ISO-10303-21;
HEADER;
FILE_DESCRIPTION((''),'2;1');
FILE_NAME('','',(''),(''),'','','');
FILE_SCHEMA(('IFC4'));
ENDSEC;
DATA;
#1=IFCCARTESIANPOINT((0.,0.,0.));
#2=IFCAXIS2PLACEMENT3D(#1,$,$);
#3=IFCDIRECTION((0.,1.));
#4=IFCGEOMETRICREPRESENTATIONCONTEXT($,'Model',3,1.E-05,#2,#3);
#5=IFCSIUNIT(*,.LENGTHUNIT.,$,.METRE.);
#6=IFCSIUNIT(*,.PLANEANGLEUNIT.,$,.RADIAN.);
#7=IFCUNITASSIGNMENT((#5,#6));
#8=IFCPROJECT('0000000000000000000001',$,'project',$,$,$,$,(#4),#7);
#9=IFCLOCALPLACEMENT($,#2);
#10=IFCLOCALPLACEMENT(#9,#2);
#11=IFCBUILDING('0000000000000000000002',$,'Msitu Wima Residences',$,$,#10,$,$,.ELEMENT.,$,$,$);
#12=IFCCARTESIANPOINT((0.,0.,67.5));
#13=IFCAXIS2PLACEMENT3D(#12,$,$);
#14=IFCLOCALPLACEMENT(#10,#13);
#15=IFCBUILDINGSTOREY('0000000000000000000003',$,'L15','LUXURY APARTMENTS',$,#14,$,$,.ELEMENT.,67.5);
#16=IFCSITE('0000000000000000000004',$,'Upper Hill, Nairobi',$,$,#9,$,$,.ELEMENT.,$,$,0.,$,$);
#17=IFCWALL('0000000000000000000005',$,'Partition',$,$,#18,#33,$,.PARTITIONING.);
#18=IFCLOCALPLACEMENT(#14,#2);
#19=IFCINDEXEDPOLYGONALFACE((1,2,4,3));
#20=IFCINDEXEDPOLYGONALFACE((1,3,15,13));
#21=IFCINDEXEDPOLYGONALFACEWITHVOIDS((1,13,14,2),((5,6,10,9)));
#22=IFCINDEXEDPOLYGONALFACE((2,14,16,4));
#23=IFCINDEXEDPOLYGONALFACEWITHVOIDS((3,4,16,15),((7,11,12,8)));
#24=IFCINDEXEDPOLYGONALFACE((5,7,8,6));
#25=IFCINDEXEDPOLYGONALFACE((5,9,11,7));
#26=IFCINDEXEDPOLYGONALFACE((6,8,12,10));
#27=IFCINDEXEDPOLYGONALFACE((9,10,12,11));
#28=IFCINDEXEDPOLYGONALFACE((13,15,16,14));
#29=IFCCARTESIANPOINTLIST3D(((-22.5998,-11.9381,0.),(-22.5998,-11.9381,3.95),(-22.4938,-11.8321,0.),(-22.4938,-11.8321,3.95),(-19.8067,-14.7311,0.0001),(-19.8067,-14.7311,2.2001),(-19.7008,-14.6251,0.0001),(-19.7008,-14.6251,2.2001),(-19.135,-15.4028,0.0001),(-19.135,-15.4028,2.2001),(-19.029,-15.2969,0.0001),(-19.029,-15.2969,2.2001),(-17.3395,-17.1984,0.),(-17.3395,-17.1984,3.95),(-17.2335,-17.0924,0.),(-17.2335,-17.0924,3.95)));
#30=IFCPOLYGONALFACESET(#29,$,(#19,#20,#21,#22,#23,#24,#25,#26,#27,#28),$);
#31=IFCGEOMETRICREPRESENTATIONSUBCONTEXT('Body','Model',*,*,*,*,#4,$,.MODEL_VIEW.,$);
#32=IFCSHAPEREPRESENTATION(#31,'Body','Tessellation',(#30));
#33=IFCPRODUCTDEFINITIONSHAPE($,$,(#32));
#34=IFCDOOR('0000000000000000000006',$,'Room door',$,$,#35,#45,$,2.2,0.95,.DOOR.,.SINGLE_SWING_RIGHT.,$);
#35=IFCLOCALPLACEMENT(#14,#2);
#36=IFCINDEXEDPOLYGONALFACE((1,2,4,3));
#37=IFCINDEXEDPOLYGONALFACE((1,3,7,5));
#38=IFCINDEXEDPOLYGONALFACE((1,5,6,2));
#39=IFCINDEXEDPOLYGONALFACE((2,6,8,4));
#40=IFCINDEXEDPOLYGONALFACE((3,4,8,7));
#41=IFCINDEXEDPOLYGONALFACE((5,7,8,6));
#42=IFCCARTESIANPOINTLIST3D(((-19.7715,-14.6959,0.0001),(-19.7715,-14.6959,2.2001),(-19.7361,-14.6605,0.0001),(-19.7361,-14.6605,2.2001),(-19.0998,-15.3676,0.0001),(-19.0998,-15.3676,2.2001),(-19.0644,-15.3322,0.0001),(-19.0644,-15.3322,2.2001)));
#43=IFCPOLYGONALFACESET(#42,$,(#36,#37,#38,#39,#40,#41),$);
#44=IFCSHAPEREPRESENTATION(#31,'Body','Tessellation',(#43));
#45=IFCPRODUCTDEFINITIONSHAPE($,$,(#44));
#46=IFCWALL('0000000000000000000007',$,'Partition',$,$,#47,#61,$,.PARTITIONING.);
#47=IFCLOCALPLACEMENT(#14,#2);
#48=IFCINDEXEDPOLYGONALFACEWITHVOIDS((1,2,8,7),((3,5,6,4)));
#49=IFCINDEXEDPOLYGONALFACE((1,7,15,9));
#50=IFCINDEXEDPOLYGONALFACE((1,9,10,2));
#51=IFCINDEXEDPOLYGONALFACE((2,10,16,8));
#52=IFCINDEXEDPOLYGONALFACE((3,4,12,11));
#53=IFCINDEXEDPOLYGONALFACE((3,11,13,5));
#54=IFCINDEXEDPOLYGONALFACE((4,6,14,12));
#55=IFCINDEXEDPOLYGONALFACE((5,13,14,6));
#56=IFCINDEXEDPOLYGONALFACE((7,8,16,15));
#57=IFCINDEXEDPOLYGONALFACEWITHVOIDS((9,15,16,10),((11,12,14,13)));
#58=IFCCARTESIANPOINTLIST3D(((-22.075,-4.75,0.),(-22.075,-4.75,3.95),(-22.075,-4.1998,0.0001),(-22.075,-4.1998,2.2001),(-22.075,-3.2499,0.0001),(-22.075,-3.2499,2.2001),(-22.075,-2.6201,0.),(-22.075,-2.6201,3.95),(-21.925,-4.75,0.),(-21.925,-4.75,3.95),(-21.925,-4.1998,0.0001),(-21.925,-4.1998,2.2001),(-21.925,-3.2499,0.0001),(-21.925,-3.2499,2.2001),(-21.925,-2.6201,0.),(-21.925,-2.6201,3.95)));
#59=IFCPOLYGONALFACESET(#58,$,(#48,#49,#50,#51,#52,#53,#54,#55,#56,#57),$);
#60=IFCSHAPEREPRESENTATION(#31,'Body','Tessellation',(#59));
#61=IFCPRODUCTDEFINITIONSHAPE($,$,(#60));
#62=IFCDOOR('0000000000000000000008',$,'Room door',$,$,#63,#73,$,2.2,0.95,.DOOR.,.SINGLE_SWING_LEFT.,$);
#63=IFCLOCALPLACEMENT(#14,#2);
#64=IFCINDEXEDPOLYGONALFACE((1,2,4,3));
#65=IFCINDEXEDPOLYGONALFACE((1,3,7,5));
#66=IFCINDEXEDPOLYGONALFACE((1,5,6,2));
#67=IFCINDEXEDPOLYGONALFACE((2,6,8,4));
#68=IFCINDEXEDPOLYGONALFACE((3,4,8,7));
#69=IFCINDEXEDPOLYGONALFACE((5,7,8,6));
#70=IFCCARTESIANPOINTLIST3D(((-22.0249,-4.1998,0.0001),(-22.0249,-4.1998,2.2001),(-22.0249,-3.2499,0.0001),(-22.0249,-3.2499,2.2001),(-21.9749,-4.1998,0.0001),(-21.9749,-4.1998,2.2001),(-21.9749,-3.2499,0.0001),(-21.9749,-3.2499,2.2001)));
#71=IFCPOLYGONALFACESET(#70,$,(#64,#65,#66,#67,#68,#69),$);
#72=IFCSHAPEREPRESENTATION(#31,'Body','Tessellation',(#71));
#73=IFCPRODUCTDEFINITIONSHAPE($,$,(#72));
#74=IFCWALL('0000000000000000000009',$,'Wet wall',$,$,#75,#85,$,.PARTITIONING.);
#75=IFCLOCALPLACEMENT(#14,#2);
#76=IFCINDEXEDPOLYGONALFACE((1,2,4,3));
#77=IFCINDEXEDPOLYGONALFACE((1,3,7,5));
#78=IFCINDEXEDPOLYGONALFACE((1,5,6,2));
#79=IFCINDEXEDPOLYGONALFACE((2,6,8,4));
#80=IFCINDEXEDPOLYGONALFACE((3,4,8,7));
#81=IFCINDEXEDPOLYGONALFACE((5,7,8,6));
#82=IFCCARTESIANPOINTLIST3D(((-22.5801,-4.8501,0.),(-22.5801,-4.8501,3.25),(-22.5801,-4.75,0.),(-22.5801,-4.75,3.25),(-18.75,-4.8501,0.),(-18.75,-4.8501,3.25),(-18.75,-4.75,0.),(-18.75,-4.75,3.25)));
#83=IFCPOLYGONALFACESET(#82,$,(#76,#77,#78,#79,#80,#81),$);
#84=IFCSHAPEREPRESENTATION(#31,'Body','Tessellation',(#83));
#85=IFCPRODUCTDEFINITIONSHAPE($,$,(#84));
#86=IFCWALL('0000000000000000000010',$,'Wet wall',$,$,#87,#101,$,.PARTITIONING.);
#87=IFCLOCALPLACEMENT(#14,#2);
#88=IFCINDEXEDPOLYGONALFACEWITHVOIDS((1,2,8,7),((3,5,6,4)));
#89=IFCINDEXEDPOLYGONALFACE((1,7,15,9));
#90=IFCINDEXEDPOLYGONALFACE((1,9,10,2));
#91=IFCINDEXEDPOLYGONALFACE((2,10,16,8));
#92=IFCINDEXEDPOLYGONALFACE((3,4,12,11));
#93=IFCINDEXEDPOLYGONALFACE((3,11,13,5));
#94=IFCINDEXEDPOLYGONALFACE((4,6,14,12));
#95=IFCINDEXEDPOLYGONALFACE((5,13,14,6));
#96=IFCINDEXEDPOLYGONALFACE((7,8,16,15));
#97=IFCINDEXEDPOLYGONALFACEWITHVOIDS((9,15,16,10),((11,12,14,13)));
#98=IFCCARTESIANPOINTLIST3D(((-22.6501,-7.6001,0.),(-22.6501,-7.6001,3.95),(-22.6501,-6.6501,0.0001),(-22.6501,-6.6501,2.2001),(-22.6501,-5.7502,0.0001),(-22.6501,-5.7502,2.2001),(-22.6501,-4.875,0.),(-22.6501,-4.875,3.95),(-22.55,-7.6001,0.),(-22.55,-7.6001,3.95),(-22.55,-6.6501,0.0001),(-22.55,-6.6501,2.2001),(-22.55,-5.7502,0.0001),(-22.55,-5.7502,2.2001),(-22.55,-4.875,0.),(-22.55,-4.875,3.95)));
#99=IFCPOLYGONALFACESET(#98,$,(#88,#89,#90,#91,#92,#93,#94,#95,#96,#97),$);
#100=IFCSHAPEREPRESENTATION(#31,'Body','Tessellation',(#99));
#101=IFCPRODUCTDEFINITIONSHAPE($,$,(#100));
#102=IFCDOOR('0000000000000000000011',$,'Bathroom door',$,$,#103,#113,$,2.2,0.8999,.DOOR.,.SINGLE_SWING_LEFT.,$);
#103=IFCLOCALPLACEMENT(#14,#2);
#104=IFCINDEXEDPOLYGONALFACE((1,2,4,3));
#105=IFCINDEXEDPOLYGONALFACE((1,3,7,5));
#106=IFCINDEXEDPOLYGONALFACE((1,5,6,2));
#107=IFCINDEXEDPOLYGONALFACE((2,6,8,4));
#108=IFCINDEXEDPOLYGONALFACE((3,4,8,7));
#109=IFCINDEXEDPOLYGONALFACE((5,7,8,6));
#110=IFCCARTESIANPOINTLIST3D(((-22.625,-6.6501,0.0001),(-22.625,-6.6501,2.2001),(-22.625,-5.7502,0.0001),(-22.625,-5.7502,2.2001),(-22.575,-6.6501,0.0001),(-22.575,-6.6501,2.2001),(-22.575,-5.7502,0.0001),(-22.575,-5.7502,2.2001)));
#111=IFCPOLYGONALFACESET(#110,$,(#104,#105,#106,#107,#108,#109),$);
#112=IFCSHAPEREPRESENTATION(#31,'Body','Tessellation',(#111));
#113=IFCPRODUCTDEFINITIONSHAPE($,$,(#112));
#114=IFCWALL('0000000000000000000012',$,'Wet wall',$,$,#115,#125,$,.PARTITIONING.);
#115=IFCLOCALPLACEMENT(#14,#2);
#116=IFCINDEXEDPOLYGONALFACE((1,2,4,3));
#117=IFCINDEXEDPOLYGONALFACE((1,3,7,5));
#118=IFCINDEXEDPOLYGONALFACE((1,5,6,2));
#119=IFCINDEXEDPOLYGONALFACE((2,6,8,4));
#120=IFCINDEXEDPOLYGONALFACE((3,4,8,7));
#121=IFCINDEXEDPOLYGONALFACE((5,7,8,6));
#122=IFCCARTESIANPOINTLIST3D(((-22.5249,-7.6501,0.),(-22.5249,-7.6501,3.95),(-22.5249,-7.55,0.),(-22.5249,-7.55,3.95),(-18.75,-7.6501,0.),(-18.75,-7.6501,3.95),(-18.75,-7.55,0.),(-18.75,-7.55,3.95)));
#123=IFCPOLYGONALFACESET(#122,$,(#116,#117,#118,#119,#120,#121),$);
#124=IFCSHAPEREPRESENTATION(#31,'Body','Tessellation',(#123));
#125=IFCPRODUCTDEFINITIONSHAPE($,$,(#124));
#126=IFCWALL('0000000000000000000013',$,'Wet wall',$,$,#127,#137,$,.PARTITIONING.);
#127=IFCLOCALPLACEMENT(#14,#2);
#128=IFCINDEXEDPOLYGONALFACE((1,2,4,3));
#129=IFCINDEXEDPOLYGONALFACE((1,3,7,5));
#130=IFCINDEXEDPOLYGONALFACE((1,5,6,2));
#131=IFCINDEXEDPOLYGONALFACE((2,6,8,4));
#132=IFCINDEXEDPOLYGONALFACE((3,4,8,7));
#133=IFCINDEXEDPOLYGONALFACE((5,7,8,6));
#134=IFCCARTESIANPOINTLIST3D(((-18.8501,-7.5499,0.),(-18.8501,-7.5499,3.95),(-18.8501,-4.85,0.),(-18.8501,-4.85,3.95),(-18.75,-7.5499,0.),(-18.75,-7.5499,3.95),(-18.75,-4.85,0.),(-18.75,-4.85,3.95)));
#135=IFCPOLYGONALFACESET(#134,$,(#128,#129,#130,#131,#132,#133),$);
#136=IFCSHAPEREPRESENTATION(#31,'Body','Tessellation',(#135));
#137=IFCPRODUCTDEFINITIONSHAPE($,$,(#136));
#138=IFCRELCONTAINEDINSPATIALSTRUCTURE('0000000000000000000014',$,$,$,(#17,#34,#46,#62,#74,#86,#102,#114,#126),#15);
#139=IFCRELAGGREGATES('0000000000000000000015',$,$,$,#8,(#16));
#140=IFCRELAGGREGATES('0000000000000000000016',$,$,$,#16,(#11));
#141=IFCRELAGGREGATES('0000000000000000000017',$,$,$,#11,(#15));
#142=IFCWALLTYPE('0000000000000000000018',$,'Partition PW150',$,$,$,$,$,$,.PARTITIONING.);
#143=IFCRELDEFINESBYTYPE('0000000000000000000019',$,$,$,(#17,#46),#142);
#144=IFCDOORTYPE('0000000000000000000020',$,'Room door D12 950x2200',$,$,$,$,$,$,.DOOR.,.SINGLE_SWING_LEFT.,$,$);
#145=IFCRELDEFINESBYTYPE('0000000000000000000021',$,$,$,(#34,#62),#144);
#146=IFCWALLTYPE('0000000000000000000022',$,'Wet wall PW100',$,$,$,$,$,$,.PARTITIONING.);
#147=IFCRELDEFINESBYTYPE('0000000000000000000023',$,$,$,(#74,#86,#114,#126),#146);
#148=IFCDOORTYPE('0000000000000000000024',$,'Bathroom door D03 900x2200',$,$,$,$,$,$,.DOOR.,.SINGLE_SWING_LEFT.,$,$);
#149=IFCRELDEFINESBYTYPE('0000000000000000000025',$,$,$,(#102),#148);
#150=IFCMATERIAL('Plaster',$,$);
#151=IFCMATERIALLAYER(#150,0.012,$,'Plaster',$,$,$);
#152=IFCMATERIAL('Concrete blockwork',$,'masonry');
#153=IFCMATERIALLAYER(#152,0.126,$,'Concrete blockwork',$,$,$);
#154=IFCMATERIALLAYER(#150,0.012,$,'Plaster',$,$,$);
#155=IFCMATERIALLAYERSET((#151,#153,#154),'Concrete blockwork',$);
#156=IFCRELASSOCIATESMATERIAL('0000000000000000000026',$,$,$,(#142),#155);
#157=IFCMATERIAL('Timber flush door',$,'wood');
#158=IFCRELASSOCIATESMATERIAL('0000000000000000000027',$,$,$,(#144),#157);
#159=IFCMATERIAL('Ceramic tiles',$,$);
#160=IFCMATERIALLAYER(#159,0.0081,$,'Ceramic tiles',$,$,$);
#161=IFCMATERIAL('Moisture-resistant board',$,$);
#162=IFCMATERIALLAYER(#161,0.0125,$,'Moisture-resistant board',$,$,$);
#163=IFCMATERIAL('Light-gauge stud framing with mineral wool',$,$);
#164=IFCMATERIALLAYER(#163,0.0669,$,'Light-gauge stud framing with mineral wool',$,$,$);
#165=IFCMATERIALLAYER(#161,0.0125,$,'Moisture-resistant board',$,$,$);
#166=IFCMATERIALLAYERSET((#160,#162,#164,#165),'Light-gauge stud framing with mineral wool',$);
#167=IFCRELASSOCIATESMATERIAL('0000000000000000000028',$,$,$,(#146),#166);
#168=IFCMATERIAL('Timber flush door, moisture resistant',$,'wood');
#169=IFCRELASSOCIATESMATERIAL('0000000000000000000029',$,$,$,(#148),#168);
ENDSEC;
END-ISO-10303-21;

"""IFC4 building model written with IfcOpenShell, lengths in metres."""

from ifc_helpers import new_model, si_unit, direction, frame, frame_2d, origin, place, context, subcontext, project, spatial, rectangle, extrude, material, layer, layer_set, type_object, element, fill, save


model = new_model("IFC4")

# Units and contexts
model_context = context("Model", 3, precision=1e-05, world=origin(), true_north=direction((0.0, 1.0)))
body_context = subcontext(model_context, "Body", "Model", "MODEL_VIEW")
ifc_project = project(units=[si_unit("LENGTHUNIT", "METRE"), si_unit("PLANEANGLEUNIT", "RADIAN")], contexts=[model_context])

# Site, building, storey
site_placement = place(None, origin())
site = spatial("IfcSite", under=ifc_project, at=site_placement, Name="Upper Hill, Nairobi", CompositionType="ELEMENT", RefElevation=0.0)
building_placement = place(site_placement, origin())
building = spatial("IfcBuilding", under=site, at=building_placement, Name="Msitu Wima Residences", CompositionType="ELEMENT")
storey_placement = place(building_placement, frame((0.0, 0.0, 67.5)))
storey = spatial("IfcBuildingStorey", under=building, at=storey_placement, Name="L15", Description="LUXURY APARTMENTS", CompositionType="ELEMENT", Elevation=67.5)

# Shared definitions
ifc_material_1 = material(Name="Plaster")
ifc_material_2 = material(Name="Concrete blockwork", Category="masonry")

# Shared definitions
ifc_layer_1 = layer(ifc_material_1, 0.012, Name="Plaster")
ifc_layer_2 = layer(ifc_material_2, 0.126, Name="Concrete blockwork")
ifc_layer_3 = layer(ifc_material_1, 0.012, Name="Plaster")
ifc_layer_set_1 = layer_set([ifc_layer_1, ifc_layer_2, ifc_layer_3], Name="Concrete blockwork")
wall_type_1 = type_object("IfcWallType", Name="Partition PW150", PredefinedType="PARTITIONING", material=ifc_layer_set_1)

# Shared definitions
ifc_material_3 = material(Name="Timber flush door", Category="wood")
door_type_1 = type_object("IfcDoorType", Name="Room door D12 950x2200", OperationType="SINGLE_SWING_LEFT", PredefinedType="DOOR", material=ifc_material_3)

# Walls, openings, doors
wall_1_placement = place(storey_placement, frame((-22.5469, -11.885, 0.0), z_axis=(0.0, 0.0, 1.0), x_axis=(0.707107, -0.707107, 0.0)))
wall_1 = element("IfcWall", 1, at=wall_1_placement, inside=storey, type_object=wall_type_1, Name="Partition", PredefinedType="PARTITIONING", context=body_context, shape_type="SweptSolid", body=[
    extrude(rectangle(XDim=7.4392, YDim=0.1499, at=frame_2d((3.7197, 0.0))), origin(), (0.0, 0.0, 1.0), 3.95),
])
opening_1_placement = place(wall_1_placement, frame((3.95, 0.0, 0.0)))
opening_1 = element("IfcOpeningElement", 2, at=opening_1_placement, cuts=wall_1, PredefinedType="OPENING", context=body_context, shape_type="SweptSolid", body=[
    extrude(rectangle(XDim=0.95, YDim=2.2, at=frame_2d((0.4751, 1.1001))), frame((0.0, 0.085, 0.0), z_axis=(0.0, -1.0, 0.0), x_axis=(1.0, 0.0, 0.0)), (0.0, 0.0, 1.0), 0.1699),
])
door_1_placement = place(opening_1_placement, origin())
door_1 = element("IfcDoor", 3, at=door_1_placement, inside=storey, type_object=door_type_1, Name="Room door", OperationType="SINGLE_SWING_RIGHT", OverallHeight=2.2, OverallWidth=0.95, PredefinedType="DOOR", context=body_context, shape_type="SweptSolid", body=[
    extrude(rectangle(XDim=0.95, YDim=2.2, at=frame_2d((0.4751, 1.1001))), frame((0.0, 0.0249, 0.0), z_axis=(0.0, -1.0, 0.0), x_axis=(1.0, 0.0, 0.0)), (0.0, 0.0, 1.0), 0.05),
])
fill(opening_1, door_1)
wall_2_placement = place(storey_placement, frame((-22.0, -4.75, 0.0), z_axis=(0.0, 0.0, 1.0), x_axis=(0.0, 1.0, 0.0)))
wall_2 = element("IfcWall", 4, at=wall_2_placement, inside=storey, type_object=wall_type_1, Name="Partition", PredefinedType="PARTITIONING", context=body_context, shape_type="SweptSolid", body=[
    extrude(rectangle(XDim=2.1299, YDim=0.1499, at=frame_2d((1.0649, 0.0))), origin(), (0.0, 0.0, 1.0), 3.95),
])
opening_2_placement = place(wall_2_placement, frame((0.55, 0.0, 0.0)))
opening_2 = element("IfcOpeningElement", 5, at=opening_2_placement, cuts=wall_2, PredefinedType="OPENING", context=body_context, shape_type="SweptSolid", body=[
    extrude(rectangle(XDim=0.95, YDim=2.2, at=frame_2d((0.4751, 1.1001))), frame((0.0, 0.085, 0.0), z_axis=(0.0, -1.0, 0.0), x_axis=(1.0, 0.0, 0.0)), (0.0, 0.0, 1.0), 0.1699),
])
door_2_placement = place(opening_2_placement, origin())
door_2 = element("IfcDoor", 6, at=door_2_placement, inside=storey, type_object=door_type_1, Name="Room door", OperationType="SINGLE_SWING_LEFT", OverallHeight=2.2, OverallWidth=0.95, PredefinedType="DOOR", context=body_context, shape_type="SweptSolid", body=[
    extrude(rectangle(XDim=0.95, YDim=2.2, at=frame_2d((0.4751, 1.1001))), frame((0.0, 0.0249, 0.0), z_axis=(0.0, -1.0, 0.0), x_axis=(1.0, 0.0, 0.0)), (0.0, 0.0, 1.0), 0.05),
])
fill(opening_2, door_2)

# Wall
ifc_material_4 = material(Name="Ceramic tiles")
ifc_layer_4 = layer(ifc_material_4, 0.0081, Name="Ceramic tiles")
ifc_material_5 = material(Name="Moisture-resistant board")
ifc_layer_5 = layer(ifc_material_5, 0.0125, Name="Moisture-resistant board")
ifc_material_6 = material(Name="Light-gauge stud framing with mineral wool")
ifc_layer_6 = layer(ifc_material_6, 0.0669, Name="Light-gauge stud framing with mineral wool")
ifc_layer_7 = layer(ifc_material_5, 0.0125, Name="Moisture-resistant board")
ifc_layer_set_2 = layer_set([ifc_layer_4, ifc_layer_5, ifc_layer_6, ifc_layer_7], Name="Light-gauge stud framing with mineral wool")
wall_type_2 = type_object("IfcWallType", Name="Wet wall PW100", PredefinedType="PARTITIONING", material=ifc_layer_set_2)
wall_3_placement = place(storey_placement, frame((-22.5801, -4.8, 0.0), z_axis=(0.0, 0.0, 1.0), x_axis=(1.0, 0.0, 0.0)))
element("IfcWall", 7, at=wall_3_placement, inside=storey, type_object=wall_type_2, Name="Wet wall", PredefinedType="PARTITIONING", context=body_context, shape_type="SweptSolid", body=[
    extrude(rectangle(XDim=3.8301, YDim=0.1001, at=frame_2d((1.915, 0.0))), origin(), (0.0, 0.0, 1.0), 3.25),
])

# Wall, opening, door
wall_4_placement = place(storey_placement, frame((-22.6001, -7.6001, 0.0), z_axis=(0.0, 0.0, 1.0), x_axis=(0.0, 1.0, 0.0)))
wall_4 = element("IfcWall", 8, at=wall_4_placement, inside=storey, type_object=wall_type_2, Name="Wet wall", PredefinedType="PARTITIONING", context=body_context, shape_type="SweptSolid", body=[
    extrude(rectangle(XDim=2.7251, YDim=0.1001, at=frame_2d((1.3625, 0.0))), origin(), (0.0, 0.0, 1.0), 3.95),
])
opening_3_placement = place(wall_4_placement, frame((0.95, 0.0, 0.0)))
opening_3 = element("IfcOpeningElement", 9, at=opening_3_placement, cuts=wall_4, PredefinedType="OPENING", context=body_context, shape_type="SweptSolid", body=[
    extrude(rectangle(XDim=0.8999, YDim=2.2, at=frame_2d((0.45, 1.1001))), frame((0.0, 0.0601, 0.0), z_axis=(0.0, -1.0, 0.0), x_axis=(1.0, 0.0, 0.0)), (0.0, 0.0, 1.0), 0.1201),
])
ifc_material_7 = material(Name="Timber flush door, moisture resistant", Category="wood")
door_type_2 = type_object("IfcDoorType", Name="Bathroom door D03 900x2200", OperationType="SINGLE_SWING_LEFT", PredefinedType="DOOR", material=ifc_material_7)
door_3_placement = place(opening_3_placement, origin())
door_3 = element("IfcDoor", 10, at=door_3_placement, inside=storey, type_object=door_type_2, Name="Bathroom door", OperationType="SINGLE_SWING_LEFT", OverallHeight=2.2, OverallWidth=0.8999, PredefinedType="DOOR", context=body_context, shape_type="SweptSolid", body=[
    extrude(rectangle(XDim=0.8999, YDim=2.2, at=frame_2d((0.45, 1.1001))), frame((0.0, 0.0249, 0.0), z_axis=(0.0, -1.0, 0.0), x_axis=(1.0, 0.0, 0.0)), (0.0, 0.0, 1.0), 0.05),
])
fill(opening_3, door_3)

# Walls
wall_5_placement = place(storey_placement, frame((-22.5249, -7.6001, 0.0), z_axis=(0.0, 0.0, 1.0), x_axis=(1.0, 0.0, 0.0)))
element("IfcWall", 11, at=wall_5_placement, inside=storey, type_object=wall_type_2, Name="Wet wall", PredefinedType="PARTITIONING", context=body_context, shape_type="SweptSolid", body=[
    extrude(rectangle(XDim=3.7749, YDim=0.1001, at=frame_2d((1.8875, 0.0))), origin(), (0.0, 0.0, 1.0), 3.95),
])
wall_6_placement = place(storey_placement, frame((-18.8, -7.55, 0.0), z_axis=(0.0, 0.0, 1.0), x_axis=(0.0, 1.0, 0.0)))
element("IfcWall", 12, at=wall_6_placement, inside=storey, type_object=wall_type_2, Name="Wet wall", PredefinedType="PARTITIONING", context=body_context, shape_type="SweptSolid", body=[
    extrude(rectangle(XDim=2.7, YDim=0.1001, at=frame_2d((1.3501, 0.0))), origin(), (0.0, 0.0, 1.0), 3.95),
])

save(model, "model.ifc")
